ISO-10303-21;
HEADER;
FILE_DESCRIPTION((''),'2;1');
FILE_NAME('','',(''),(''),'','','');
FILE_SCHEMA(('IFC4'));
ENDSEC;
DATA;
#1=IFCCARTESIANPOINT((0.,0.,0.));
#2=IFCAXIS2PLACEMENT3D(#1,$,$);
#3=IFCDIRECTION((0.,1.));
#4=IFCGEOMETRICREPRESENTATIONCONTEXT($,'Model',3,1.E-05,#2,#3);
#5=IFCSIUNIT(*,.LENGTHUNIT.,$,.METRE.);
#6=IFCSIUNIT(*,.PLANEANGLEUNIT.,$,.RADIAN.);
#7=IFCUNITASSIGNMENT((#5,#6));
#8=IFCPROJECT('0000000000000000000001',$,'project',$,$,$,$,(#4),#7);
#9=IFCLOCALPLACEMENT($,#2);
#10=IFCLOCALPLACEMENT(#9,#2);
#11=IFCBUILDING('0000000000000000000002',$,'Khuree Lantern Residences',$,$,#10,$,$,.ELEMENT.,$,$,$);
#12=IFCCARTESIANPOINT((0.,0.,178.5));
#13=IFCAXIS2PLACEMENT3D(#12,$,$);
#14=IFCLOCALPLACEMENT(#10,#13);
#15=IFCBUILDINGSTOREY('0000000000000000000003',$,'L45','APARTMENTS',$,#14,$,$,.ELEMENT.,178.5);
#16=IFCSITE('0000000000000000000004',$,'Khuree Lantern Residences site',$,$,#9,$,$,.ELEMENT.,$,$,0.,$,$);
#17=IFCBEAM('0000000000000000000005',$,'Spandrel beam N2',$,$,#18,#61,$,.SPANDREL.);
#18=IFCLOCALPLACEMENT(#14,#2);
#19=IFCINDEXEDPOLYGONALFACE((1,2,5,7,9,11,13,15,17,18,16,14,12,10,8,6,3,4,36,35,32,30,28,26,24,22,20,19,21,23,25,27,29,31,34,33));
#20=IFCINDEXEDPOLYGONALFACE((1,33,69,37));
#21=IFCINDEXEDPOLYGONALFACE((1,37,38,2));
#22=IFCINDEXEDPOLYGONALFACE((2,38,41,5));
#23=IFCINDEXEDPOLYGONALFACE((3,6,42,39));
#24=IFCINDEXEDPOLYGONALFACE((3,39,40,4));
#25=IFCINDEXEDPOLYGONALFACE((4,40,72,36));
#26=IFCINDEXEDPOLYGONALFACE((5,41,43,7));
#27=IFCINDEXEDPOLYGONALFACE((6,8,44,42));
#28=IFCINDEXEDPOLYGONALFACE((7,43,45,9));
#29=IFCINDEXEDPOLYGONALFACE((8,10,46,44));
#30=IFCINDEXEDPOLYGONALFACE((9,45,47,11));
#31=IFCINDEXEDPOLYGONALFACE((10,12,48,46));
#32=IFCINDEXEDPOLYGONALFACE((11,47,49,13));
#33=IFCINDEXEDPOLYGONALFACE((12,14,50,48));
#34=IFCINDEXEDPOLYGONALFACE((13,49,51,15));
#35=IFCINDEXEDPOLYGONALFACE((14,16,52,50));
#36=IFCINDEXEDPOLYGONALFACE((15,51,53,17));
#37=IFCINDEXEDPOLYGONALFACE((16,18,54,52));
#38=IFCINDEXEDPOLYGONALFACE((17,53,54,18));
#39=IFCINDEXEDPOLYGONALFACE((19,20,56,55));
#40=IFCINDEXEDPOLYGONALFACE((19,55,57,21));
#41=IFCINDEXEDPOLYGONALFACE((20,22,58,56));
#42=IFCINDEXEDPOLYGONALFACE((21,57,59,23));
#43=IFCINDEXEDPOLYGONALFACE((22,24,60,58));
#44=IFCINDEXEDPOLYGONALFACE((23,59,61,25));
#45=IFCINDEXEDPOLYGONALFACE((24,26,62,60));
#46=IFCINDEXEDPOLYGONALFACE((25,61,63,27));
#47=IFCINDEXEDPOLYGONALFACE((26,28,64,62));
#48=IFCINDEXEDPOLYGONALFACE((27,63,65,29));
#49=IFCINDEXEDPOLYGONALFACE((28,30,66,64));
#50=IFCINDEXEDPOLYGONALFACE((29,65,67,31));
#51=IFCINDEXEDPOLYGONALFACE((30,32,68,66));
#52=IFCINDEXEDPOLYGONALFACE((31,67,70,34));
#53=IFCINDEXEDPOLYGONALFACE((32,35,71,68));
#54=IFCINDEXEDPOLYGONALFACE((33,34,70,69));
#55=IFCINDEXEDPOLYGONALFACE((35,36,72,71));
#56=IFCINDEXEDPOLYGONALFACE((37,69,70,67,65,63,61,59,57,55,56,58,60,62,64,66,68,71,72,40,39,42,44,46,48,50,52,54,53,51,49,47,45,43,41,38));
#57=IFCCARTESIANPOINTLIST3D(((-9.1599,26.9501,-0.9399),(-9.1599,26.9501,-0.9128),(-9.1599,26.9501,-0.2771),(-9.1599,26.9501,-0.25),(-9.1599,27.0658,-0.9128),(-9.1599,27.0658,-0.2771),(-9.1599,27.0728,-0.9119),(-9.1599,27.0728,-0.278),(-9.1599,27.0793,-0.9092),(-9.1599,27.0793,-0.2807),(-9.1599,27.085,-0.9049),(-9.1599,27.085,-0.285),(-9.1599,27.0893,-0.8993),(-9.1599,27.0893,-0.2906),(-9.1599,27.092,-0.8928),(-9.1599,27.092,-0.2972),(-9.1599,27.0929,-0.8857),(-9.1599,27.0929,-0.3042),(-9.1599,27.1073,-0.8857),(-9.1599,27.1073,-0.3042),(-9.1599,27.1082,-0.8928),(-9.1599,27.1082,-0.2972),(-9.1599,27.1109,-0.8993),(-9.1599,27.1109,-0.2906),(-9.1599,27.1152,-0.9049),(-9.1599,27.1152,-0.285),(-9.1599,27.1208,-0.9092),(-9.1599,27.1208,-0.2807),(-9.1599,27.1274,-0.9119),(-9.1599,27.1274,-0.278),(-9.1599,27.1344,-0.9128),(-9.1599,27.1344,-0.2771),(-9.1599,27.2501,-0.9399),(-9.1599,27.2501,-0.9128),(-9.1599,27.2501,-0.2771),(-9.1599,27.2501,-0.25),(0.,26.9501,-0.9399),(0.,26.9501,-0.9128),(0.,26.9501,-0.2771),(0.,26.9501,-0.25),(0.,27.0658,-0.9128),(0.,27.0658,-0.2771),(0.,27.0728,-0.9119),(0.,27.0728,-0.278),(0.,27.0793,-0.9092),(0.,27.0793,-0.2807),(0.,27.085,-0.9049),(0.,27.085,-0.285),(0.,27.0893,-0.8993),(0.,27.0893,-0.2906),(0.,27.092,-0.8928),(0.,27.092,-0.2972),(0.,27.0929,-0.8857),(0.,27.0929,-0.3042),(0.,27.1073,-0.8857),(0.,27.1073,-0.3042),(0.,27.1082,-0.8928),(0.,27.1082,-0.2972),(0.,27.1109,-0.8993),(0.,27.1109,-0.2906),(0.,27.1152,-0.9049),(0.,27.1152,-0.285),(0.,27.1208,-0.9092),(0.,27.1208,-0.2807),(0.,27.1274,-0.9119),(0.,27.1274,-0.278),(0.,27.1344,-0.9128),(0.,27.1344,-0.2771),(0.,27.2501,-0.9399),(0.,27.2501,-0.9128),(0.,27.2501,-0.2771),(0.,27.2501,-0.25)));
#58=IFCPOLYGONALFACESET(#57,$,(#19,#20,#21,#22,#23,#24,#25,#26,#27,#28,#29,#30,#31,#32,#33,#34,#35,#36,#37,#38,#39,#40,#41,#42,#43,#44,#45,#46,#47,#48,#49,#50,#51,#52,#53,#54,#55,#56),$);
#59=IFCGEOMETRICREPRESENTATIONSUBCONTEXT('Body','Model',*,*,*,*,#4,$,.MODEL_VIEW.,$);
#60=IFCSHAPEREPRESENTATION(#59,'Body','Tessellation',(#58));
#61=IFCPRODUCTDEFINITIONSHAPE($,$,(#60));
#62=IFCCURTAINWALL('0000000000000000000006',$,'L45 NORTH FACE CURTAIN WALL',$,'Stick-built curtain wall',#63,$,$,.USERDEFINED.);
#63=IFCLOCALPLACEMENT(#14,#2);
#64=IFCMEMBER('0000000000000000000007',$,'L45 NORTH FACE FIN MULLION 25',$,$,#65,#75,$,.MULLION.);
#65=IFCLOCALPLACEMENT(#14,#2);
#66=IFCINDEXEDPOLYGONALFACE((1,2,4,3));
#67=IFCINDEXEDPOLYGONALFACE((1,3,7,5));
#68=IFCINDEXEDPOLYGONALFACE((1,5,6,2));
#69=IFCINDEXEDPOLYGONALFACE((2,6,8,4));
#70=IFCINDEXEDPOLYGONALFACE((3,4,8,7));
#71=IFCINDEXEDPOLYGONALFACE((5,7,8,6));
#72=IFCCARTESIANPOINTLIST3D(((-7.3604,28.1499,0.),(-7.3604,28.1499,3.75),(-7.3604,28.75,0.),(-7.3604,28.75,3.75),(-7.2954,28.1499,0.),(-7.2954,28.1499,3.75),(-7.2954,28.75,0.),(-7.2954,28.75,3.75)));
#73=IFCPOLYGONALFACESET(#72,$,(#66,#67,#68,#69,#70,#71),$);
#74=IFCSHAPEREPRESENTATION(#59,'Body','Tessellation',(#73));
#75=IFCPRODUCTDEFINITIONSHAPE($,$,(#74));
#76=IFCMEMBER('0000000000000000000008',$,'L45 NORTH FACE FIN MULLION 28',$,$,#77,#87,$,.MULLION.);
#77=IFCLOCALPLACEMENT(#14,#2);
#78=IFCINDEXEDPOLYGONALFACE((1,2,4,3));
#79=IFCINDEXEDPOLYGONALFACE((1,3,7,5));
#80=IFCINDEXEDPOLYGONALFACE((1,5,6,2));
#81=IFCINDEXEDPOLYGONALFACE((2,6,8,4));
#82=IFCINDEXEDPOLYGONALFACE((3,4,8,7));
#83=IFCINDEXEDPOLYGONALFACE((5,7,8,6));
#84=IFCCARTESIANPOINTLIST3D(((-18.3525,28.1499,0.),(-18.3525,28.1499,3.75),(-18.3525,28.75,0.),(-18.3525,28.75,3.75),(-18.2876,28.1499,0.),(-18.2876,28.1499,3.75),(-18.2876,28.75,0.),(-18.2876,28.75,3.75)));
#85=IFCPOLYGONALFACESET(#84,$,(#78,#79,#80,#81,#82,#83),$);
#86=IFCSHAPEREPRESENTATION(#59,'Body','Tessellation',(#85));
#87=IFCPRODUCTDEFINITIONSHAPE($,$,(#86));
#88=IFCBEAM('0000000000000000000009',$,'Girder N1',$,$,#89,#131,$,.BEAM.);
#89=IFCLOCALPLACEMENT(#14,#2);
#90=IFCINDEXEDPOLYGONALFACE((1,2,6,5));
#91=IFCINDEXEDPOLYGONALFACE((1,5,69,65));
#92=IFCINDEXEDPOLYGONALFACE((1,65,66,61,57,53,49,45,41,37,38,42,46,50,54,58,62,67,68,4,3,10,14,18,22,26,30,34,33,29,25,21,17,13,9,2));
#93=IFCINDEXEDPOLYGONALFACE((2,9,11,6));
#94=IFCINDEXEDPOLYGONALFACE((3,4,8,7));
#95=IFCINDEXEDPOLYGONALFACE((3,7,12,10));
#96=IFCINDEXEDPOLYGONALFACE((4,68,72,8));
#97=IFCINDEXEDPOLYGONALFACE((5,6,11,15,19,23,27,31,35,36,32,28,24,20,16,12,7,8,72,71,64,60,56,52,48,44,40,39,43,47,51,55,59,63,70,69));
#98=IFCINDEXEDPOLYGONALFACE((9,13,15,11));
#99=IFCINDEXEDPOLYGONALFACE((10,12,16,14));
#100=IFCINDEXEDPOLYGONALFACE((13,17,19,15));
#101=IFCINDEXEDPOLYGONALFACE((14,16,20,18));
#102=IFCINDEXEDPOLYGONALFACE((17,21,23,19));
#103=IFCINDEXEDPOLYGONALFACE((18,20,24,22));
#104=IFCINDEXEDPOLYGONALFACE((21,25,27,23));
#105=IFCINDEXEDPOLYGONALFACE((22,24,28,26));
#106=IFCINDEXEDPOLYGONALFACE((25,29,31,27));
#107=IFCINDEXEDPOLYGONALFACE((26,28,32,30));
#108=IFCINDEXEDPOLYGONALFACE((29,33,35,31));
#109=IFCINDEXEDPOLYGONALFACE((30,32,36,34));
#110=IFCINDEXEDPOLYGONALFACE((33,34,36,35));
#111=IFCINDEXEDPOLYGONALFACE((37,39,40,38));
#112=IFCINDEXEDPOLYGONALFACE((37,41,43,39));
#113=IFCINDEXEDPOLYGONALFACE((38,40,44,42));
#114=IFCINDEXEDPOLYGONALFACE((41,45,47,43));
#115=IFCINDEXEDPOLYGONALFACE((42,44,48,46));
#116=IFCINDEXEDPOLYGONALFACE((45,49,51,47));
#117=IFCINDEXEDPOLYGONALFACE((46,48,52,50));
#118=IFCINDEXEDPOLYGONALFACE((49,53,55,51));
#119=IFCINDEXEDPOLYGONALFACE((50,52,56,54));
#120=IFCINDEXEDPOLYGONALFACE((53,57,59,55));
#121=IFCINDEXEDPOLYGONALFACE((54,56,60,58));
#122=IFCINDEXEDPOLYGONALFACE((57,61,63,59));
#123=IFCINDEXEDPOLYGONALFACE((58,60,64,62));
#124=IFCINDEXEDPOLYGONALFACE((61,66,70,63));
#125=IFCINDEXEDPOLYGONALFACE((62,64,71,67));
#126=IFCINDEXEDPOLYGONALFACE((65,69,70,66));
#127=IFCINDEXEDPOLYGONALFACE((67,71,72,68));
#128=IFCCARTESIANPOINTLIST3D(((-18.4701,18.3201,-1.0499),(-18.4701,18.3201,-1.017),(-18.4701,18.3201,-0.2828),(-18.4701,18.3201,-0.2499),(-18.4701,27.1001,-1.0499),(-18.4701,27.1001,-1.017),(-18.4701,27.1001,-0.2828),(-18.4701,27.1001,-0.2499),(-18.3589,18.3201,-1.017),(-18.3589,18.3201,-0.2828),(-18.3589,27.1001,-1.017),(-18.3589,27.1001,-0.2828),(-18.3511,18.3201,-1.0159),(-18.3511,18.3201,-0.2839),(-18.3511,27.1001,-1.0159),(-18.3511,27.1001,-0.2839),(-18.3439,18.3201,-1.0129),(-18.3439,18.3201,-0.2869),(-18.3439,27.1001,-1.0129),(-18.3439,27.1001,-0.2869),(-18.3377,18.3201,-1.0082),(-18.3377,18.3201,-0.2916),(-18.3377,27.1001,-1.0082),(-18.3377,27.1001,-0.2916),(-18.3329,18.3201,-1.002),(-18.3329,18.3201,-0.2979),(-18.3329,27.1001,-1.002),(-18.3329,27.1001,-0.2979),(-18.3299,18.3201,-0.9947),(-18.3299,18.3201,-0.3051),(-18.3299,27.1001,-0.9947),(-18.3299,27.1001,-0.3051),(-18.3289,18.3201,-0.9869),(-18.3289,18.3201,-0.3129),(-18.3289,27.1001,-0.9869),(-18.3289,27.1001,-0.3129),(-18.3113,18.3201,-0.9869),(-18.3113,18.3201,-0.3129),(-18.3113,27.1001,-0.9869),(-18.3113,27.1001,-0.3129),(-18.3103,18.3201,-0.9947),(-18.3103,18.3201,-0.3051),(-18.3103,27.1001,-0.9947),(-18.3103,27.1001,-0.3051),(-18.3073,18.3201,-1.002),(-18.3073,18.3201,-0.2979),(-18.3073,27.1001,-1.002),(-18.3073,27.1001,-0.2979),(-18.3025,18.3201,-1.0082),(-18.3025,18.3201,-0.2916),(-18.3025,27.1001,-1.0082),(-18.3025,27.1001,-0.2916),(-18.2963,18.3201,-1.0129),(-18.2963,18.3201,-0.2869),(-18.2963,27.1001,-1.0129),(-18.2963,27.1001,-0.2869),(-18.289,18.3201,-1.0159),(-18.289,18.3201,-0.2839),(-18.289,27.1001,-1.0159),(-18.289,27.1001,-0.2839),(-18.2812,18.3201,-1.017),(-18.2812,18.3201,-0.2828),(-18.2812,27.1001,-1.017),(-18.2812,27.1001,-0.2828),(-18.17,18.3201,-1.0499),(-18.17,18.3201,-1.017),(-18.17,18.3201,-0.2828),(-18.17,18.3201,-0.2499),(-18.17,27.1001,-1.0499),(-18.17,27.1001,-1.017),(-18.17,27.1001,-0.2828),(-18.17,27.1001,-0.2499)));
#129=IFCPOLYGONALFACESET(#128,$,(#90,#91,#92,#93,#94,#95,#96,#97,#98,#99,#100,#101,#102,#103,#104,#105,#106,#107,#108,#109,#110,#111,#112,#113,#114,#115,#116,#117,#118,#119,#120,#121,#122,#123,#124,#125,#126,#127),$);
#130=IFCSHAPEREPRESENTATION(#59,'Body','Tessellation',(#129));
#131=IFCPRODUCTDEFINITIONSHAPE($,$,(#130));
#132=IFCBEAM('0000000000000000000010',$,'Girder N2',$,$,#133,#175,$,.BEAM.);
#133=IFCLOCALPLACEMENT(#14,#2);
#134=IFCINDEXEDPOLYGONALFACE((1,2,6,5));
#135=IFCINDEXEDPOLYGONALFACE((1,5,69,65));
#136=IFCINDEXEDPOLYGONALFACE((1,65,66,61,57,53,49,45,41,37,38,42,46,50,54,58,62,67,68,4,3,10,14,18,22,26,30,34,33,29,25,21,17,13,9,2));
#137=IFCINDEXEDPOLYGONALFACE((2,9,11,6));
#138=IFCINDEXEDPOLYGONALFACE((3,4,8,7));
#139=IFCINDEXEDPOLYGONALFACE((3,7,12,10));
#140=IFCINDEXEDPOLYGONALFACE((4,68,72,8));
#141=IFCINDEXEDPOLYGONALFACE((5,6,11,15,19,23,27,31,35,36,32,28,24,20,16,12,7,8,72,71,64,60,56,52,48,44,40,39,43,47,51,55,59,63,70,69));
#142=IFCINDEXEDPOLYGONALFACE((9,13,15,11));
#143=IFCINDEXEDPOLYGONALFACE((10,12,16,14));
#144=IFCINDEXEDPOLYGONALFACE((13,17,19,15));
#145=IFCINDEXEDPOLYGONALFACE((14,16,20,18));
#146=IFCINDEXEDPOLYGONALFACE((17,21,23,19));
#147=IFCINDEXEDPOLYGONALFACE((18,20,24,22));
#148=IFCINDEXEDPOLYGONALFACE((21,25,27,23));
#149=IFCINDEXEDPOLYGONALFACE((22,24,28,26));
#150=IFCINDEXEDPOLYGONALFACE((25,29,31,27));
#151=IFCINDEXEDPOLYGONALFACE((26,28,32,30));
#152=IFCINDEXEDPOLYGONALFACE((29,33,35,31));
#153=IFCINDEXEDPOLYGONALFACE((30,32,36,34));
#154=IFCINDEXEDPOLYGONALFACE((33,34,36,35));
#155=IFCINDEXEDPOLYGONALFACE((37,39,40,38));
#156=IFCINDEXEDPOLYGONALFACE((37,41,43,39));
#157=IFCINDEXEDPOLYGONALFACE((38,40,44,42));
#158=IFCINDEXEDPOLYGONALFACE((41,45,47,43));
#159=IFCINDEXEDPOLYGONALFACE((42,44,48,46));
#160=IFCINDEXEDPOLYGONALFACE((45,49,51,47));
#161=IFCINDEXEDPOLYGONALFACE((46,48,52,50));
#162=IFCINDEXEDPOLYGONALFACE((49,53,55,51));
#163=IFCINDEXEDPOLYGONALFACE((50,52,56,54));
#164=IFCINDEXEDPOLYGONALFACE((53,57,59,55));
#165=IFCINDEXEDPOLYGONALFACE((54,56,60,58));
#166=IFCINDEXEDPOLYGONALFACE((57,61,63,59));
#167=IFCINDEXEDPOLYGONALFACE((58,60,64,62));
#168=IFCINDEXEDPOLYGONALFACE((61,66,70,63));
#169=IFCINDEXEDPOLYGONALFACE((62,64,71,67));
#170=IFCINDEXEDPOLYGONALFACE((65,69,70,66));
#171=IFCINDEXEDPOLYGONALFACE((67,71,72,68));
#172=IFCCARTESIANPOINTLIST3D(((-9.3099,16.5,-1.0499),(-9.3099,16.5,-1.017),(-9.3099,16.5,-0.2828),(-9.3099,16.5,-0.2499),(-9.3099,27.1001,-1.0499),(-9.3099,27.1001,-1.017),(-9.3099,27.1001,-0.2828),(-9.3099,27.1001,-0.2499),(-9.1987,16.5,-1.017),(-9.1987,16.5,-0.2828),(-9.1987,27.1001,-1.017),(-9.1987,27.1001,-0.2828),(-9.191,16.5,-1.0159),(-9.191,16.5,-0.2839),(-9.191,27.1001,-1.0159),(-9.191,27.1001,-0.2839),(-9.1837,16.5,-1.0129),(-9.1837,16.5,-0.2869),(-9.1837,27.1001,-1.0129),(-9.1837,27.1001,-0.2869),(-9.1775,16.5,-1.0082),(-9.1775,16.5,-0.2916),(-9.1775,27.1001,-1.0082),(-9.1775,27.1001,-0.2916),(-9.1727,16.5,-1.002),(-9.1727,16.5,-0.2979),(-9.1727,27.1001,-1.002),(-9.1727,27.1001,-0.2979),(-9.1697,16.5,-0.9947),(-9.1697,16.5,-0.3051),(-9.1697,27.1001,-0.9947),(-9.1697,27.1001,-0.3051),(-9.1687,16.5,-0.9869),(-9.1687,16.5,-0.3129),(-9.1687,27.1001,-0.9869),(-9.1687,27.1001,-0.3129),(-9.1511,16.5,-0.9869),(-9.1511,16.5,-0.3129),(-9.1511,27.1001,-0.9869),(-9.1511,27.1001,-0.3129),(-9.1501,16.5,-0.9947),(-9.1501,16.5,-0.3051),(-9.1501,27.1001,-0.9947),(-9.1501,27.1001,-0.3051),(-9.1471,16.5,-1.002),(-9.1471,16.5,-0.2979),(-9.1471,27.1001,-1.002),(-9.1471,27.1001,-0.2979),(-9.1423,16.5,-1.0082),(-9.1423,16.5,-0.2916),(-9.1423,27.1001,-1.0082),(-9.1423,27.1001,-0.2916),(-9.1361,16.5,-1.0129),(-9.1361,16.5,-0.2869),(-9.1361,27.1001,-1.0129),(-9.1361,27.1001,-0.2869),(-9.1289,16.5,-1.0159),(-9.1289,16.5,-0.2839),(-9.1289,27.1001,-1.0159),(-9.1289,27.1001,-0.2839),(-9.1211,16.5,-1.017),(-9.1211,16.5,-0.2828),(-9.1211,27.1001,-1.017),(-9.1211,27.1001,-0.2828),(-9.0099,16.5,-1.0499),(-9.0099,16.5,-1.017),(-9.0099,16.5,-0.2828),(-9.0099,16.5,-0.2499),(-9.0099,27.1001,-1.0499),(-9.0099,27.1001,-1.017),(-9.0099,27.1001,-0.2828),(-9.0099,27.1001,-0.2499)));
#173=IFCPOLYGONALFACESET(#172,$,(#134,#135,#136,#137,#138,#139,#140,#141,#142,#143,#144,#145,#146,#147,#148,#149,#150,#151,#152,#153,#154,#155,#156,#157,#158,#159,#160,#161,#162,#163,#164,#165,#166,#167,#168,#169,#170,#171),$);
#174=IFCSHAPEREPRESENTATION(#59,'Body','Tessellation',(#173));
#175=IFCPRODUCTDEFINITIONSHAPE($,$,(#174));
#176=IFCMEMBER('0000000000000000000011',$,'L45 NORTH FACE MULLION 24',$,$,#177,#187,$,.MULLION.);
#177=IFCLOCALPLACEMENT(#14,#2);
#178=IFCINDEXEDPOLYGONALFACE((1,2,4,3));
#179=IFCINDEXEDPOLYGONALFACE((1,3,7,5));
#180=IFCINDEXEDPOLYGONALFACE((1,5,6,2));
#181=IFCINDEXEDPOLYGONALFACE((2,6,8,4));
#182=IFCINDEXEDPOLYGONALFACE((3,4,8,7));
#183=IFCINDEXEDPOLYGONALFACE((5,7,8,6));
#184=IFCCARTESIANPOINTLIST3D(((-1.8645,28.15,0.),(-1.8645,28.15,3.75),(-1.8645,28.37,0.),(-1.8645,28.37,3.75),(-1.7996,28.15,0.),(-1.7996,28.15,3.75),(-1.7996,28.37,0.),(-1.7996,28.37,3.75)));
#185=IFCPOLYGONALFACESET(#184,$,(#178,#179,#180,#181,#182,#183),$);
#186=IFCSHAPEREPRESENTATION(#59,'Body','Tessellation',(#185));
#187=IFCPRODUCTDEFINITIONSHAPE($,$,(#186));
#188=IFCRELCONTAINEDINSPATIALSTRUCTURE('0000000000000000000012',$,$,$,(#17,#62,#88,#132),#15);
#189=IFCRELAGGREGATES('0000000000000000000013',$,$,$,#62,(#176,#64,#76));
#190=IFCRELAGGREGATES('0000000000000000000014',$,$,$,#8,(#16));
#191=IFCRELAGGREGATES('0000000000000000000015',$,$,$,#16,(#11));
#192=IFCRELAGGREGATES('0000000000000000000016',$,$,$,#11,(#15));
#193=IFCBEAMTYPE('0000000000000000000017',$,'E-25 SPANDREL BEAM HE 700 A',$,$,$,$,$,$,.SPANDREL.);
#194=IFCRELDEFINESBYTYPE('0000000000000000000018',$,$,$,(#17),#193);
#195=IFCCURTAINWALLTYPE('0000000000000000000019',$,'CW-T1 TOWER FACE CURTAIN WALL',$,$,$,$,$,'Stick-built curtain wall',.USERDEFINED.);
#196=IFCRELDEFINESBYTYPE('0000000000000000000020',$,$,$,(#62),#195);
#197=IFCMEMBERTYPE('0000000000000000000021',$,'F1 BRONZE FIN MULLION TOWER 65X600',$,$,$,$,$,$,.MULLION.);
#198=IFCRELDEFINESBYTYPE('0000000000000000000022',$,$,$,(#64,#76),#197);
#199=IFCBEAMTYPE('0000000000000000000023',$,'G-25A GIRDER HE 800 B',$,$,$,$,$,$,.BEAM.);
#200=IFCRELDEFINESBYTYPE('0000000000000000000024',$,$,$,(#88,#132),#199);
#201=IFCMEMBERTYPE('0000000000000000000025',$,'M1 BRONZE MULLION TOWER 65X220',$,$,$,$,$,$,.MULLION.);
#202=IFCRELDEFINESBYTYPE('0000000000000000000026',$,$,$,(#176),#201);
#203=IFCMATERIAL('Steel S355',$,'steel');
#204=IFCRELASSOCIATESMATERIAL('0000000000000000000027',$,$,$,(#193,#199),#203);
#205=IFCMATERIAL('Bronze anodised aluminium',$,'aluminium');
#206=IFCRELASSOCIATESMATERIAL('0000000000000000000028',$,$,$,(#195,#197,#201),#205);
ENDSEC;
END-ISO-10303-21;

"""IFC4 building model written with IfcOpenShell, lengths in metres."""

from ifc_helpers import new_model, si_unit, direction, frame, origin, origin_2d, place, context, subcontext, project, spatial, rectangle, i_section, extrude, material, material_profile, profile_set, type_object, element, aggregate, save


model = new_model("IFC4")

# Units and contexts
model_context = context("Model", 3, precision=1e-05, world=origin(), true_north=direction((0.0, 1.0)))
body_context = subcontext(model_context, "Body", "Model", "MODEL_VIEW")
ifc_project = project(units=[si_unit("LENGTHUNIT", "METRE"), si_unit("PLANEANGLEUNIT", "RADIAN")], contexts=[model_context])

# Site, building, storey
site_placement = place(None, origin())
site = spatial("IfcSite", under=ifc_project, at=site_placement, Name="Khuree Lantern Residences site", CompositionType="ELEMENT", RefElevation=0.0)
building_placement = place(site_placement, origin())
building = spatial("IfcBuilding", under=site, at=building_placement, Name="Khuree Lantern Residences", CompositionType="ELEMENT")
storey_placement = place(building_placement, frame((0.0, 0.0, 178.5)))
storey = spatial("IfcBuildingStorey", under=building, at=storey_placement, Name="L45", Description="APARTMENTS", CompositionType="ELEMENT", Elevation=178.5)

# Beam
ifc_material_1 = material(Name="Steel S355", Category="steel")
ifc_material_profile_1 = material_profile(ifc_material_1, i_section(OverallWidth=0.3, OverallDepth=0.6899, WebThickness=0.0144, FlangeThickness=0.0271, FilletRadius=0.0271, at=origin_2d()), Name="HE 700 A")
ifc_profile_set_1 = profile_set([ifc_material_profile_1], Name="Steel S355")
beam_type_1 = type_object("IfcBeamType", Name="E-25 SPANDREL BEAM HE 700 A", PredefinedType="SPANDREL", material=ifc_profile_set_1)
beam_1_placement = place(storey_placement, frame((-9.1599, 27.1001, -0.595), z_axis=(1.0, 0.0, 0.0), x_axis=(0.0, 1.0, 0.0)))
element("IfcBeam", 1, at=beam_1_placement, inside=storey, type_object=beam_type_1, Name="Spandrel beam N2", PredefinedType="SPANDREL", context=body_context, shape_type="SweptSolid", body=[
    extrude(i_section(OverallWidth=0.3, OverallDepth=0.6899, WebThickness=0.0144, FlangeThickness=0.0271, FilletRadius=0.0271, at=origin_2d()), origin(), (0.0, 0.0, 1.0), 9.1599),
])

# Curtain wall, members
ifc_material_2 = material(Name="Bronze anodised aluminium", Category="aluminium")
curtain_wall_type = type_object("IfcCurtainWallType", Name="CW-T1 TOWER FACE CURTAIN WALL", ElementType="Stick-built curtain wall", PredefinedType="USERDEFINED", material=ifc_material_2)
curtain_wall_placement = place(storey_placement, origin())
curtain_wall = element("IfcCurtainWall", 2, at=curtain_wall_placement, inside=storey, type_object=curtain_wall_type, Name="L45 NORTH FACE CURTAIN WALL", ObjectType="Stick-built curtain wall", PredefinedType="USERDEFINED")
ifc_material_profile_2 = material_profile(ifc_material_2, rectangle(XDim=0.0649, YDim=0.6001, at=origin_2d()), Name="F1 65X600")
ifc_profile_set_2 = profile_set([ifc_material_profile_2], Name="Bronze anodised aluminium")
member_type_1 = type_object("IfcMemberType", Name="F1 BRONZE FIN MULLION TOWER 65X600", PredefinedType="MULLION", material=ifc_profile_set_2)
member_1_placement = place(storey_placement, frame((-7.3279, 28.45, 0.0), z_axis=(0.0, 0.0, 1.0), x_axis=(-1.0, 0.0, 0.0)))
member_1 = element("IfcMember", 3, at=member_1_placement, type_object=member_type_1, Name="L45 NORTH FACE FIN MULLION 25", PredefinedType="MULLION", context=body_context, shape_type="SweptSolid", body=[
    extrude(rectangle(XDim=0.0649, YDim=0.6001, at=origin_2d()), origin(), (0.0, 0.0, 1.0), 3.75),
])
member_2_placement = place(storey_placement, frame((-18.3201, 28.45, 0.0), z_axis=(0.0, 0.0, 1.0), x_axis=(-1.0, 0.0, 0.0)))
member_2 = element("IfcMember", 4, at=member_2_placement, type_object=member_type_1, Name="L45 NORTH FACE FIN MULLION 28", PredefinedType="MULLION", context=body_context, shape_type="SweptSolid", body=[
    extrude(rectangle(XDim=0.0649, YDim=0.6001, at=origin_2d()), origin(), (0.0, 0.0, 1.0), 3.75),
])

# Beams
ifc_material_profile_3 = material_profile(ifc_material_1, i_section(OverallWidth=0.3, OverallDepth=0.8, WebThickness=0.0176, FlangeThickness=0.033, FilletRadius=0.03, at=origin_2d()), Name="HE 800 B")
ifc_profile_set_3 = profile_set([ifc_material_profile_3], Name="Steel S355")
beam_type_2 = type_object("IfcBeamType", Name="G-25A GIRDER HE 800 B", PredefinedType="BEAM", material=ifc_profile_set_3)
beam_2_placement = place(storey_placement, frame((-18.3201, 27.1001, -0.6499), z_axis=(0.0, -1.0, 0.0), x_axis=(1.0, 0.0, 0.0)))
element("IfcBeam", 5, at=beam_2_placement, inside=storey, type_object=beam_type_2, Name="Girder N1", PredefinedType="BEAM", context=body_context, shape_type="SweptSolid", body=[
    extrude(i_section(OverallWidth=0.3, OverallDepth=0.8, WebThickness=0.0176, FlangeThickness=0.033, FilletRadius=0.03, at=origin_2d()), origin(), (0.0, 0.0, 1.0), 8.78),
])
beam_3_placement = place(storey_placement, frame((-9.1599, 27.1001, -0.6499), z_axis=(0.0, -1.0, 0.0), x_axis=(1.0, 0.0, 0.0)))
element("IfcBeam", 6, at=beam_3_placement, inside=storey, type_object=beam_type_2, Name="Girder N2", PredefinedType="BEAM", context=body_context, shape_type="SweptSolid", body=[
    extrude(i_section(OverallWidth=0.3, OverallDepth=0.8, WebThickness=0.0176, FlangeThickness=0.033, FilletRadius=0.03, at=origin_2d()), origin(), (0.0, 0.0, 1.0), 10.6001),
])

# Member
ifc_material_profile_4 = material_profile(ifc_material_2, rectangle(XDim=0.0649, YDim=0.22, at=origin_2d()), Name="M1 65X220")
ifc_profile_set_4 = profile_set([ifc_material_profile_4], Name="Bronze anodised aluminium")
member_type_2 = type_object("IfcMemberType", Name="M1 BRONZE MULLION TOWER 65X220", PredefinedType="MULLION", material=ifc_profile_set_4)
member_3_placement = place(storey_placement, frame((-1.832, 28.26, 0.0), z_axis=(0.0, 0.0, 1.0), x_axis=(-1.0, 0.0, 0.0)))
member_3 = element("IfcMember", 7, at=member_3_placement, type_object=member_type_2, Name="L45 NORTH FACE MULLION 24", PredefinedType="MULLION", context=body_context, shape_type="SweptSolid", body=[
    extrude(rectangle(XDim=0.0649, YDim=0.22, at=origin_2d()), origin(), (0.0, 0.0, 1.0), 3.75),
])

aggregate(curtain_wall, [member_3, member_1, member_2])

save(model, "model.ifc")
